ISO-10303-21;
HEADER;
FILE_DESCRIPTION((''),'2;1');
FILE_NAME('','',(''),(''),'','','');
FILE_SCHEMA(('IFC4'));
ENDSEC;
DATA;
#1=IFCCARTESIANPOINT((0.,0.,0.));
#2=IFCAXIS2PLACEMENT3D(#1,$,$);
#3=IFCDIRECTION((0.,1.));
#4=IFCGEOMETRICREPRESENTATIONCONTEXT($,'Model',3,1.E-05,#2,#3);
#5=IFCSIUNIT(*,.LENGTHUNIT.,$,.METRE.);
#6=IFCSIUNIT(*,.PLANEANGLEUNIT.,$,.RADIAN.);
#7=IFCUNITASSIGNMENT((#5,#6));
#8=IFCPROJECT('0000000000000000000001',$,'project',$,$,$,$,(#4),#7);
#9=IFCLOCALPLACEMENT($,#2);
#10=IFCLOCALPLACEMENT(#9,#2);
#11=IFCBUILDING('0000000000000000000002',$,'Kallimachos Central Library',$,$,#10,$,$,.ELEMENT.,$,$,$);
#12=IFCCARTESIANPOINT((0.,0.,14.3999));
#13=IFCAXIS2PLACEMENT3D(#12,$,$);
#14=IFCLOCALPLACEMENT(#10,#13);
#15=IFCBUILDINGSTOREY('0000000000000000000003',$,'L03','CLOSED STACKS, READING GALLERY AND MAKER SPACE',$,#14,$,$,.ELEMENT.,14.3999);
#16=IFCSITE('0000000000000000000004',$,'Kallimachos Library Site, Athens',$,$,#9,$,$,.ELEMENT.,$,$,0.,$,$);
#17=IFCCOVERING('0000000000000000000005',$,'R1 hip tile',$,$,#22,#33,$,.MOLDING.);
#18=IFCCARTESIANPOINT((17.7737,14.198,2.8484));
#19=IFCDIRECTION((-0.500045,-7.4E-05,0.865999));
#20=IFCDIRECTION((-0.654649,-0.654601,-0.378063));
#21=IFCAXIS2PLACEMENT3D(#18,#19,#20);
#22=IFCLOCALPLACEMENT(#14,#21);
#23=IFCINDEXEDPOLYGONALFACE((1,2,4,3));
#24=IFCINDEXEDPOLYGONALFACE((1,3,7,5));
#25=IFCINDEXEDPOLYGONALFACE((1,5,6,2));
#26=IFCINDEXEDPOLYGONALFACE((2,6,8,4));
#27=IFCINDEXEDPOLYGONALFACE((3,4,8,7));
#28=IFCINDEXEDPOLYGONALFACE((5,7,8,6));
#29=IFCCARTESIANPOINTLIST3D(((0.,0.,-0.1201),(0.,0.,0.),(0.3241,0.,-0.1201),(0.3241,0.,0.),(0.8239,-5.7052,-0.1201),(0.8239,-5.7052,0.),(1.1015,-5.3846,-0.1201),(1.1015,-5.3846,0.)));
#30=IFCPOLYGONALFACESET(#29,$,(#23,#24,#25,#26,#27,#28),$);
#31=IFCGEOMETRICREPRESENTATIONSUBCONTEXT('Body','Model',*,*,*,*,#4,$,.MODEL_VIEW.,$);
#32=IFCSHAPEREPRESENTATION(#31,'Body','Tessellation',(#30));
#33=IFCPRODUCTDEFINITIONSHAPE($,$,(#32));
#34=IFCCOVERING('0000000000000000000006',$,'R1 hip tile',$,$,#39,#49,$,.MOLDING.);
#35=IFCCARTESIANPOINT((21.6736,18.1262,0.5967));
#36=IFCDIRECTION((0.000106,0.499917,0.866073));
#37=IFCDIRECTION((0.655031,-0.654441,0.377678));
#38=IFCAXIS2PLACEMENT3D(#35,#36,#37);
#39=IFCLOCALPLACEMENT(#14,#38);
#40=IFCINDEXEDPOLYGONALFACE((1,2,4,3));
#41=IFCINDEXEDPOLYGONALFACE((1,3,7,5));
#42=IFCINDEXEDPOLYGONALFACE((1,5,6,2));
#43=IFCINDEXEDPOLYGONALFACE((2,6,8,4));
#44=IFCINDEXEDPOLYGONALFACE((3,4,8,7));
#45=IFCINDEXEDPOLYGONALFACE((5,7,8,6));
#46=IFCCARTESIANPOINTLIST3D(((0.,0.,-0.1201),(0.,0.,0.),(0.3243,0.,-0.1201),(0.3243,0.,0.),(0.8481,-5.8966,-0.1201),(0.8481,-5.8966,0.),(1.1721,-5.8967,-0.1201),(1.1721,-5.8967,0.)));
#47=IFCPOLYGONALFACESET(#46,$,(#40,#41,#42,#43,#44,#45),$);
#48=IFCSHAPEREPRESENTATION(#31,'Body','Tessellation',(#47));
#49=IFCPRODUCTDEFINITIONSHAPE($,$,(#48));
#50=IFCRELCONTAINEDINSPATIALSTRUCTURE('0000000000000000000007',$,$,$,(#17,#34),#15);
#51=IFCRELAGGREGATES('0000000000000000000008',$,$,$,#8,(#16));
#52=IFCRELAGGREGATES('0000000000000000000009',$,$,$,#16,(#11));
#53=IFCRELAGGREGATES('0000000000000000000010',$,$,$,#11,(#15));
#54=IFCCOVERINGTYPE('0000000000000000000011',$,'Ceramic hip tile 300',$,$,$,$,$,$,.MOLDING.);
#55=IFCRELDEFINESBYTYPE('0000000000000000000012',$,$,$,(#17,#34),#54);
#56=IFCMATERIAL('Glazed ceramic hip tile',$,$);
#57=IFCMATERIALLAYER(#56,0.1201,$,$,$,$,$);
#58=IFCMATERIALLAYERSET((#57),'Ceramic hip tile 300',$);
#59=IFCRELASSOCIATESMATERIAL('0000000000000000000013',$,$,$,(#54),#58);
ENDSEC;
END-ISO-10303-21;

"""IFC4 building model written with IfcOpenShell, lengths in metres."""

from ifc_helpers import new_model, si_unit, direction, frame, origin, place, context, subcontext, project, spatial, polyline, outline, extrude, material, layer, layer_set, type_object, element, save


model = new_model("IFC4")

# Units and contexts
model_context = context("Model", 3, precision=1e-05, world=origin(), true_north=direction((0.0, 1.0)))
body_context = subcontext(model_context, "Body", "Model", "MODEL_VIEW")
ifc_project = project(units=[si_unit("LENGTHUNIT", "METRE"), si_unit("PLANEANGLEUNIT", "RADIAN")], contexts=[model_context])

# Site, building, storey
site_placement = place(None, origin())
site = spatial("IfcSite", under=ifc_project, at=site_placement, Name="Kallimachos Library Site, Athens", CompositionType="ELEMENT", RefElevation=0.0)
building_placement = place(site_placement, origin())
building = spatial("IfcBuilding", under=site, at=building_placement, Name="Kallimachos Central Library", CompositionType="ELEMENT")
storey_placement = place(building_placement, frame((0.0, 0.0, 14.3999)))
storey = spatial("IfcBuildingStorey", under=building, at=storey_placement, Name="L03", Description="CLOSED STACKS, READING GALLERY AND MAKER SPACE", CompositionType="ELEMENT", Elevation=14.3999)

# Coverings
ifc_material_1 = material(Name="Glazed ceramic hip tile")
ifc_layer_1 = layer(ifc_material_1, 0.1201)
ifc_layer_set_1 = layer_set([ifc_layer_1], Name="Ceramic hip tile 300")
covering_type_1 = type_object("IfcCoveringType", Name="Ceramic hip tile 300", PredefinedType="MOLDING", material=ifc_layer_set_1)
covering_1_placement = place(storey_placement, frame((17.7737, 14.198, 2.8484), z_axis=(-0.500045, -0.000074, 0.865999), x_axis=(-0.654649, -0.654601, -0.378063)))
element("IfcCovering", 1, at=covering_1_placement, inside=storey, type_object=covering_type_1, Name="R1 hip tile", PredefinedType="MOLDING", context=body_context, shape_type="SweptSolid", body=[
    extrude(outline(polyline([(0.0, 0.0), (0.3241, 0.0), (1.1015, -5.3846), (0.8239, -5.7052), (0.0, 0.0)])), origin(), (0.0, 0.0, -1.0), 0.1201),
])
covering_2_placement = place(storey_placement, frame((21.6736, 18.1262, 0.5967), z_axis=(0.000106, 0.499917, 0.866073), x_axis=(0.655031, -0.654441, 0.377678)))
element("IfcCovering", 2, at=covering_2_placement, inside=storey, type_object=covering_type_1, Name="R1 hip tile", PredefinedType="MOLDING", context=body_context, shape_type="SweptSolid", body=[
    extrude(outline(polyline([(0.0, 0.0), (0.3243, 0.0), (1.1721, -5.8967), (0.8481, -5.8966), (0.0, 0.0)])), origin(), (0.0, 0.0, -1.0), 0.1201),
])

save(model, "model.ifc")
